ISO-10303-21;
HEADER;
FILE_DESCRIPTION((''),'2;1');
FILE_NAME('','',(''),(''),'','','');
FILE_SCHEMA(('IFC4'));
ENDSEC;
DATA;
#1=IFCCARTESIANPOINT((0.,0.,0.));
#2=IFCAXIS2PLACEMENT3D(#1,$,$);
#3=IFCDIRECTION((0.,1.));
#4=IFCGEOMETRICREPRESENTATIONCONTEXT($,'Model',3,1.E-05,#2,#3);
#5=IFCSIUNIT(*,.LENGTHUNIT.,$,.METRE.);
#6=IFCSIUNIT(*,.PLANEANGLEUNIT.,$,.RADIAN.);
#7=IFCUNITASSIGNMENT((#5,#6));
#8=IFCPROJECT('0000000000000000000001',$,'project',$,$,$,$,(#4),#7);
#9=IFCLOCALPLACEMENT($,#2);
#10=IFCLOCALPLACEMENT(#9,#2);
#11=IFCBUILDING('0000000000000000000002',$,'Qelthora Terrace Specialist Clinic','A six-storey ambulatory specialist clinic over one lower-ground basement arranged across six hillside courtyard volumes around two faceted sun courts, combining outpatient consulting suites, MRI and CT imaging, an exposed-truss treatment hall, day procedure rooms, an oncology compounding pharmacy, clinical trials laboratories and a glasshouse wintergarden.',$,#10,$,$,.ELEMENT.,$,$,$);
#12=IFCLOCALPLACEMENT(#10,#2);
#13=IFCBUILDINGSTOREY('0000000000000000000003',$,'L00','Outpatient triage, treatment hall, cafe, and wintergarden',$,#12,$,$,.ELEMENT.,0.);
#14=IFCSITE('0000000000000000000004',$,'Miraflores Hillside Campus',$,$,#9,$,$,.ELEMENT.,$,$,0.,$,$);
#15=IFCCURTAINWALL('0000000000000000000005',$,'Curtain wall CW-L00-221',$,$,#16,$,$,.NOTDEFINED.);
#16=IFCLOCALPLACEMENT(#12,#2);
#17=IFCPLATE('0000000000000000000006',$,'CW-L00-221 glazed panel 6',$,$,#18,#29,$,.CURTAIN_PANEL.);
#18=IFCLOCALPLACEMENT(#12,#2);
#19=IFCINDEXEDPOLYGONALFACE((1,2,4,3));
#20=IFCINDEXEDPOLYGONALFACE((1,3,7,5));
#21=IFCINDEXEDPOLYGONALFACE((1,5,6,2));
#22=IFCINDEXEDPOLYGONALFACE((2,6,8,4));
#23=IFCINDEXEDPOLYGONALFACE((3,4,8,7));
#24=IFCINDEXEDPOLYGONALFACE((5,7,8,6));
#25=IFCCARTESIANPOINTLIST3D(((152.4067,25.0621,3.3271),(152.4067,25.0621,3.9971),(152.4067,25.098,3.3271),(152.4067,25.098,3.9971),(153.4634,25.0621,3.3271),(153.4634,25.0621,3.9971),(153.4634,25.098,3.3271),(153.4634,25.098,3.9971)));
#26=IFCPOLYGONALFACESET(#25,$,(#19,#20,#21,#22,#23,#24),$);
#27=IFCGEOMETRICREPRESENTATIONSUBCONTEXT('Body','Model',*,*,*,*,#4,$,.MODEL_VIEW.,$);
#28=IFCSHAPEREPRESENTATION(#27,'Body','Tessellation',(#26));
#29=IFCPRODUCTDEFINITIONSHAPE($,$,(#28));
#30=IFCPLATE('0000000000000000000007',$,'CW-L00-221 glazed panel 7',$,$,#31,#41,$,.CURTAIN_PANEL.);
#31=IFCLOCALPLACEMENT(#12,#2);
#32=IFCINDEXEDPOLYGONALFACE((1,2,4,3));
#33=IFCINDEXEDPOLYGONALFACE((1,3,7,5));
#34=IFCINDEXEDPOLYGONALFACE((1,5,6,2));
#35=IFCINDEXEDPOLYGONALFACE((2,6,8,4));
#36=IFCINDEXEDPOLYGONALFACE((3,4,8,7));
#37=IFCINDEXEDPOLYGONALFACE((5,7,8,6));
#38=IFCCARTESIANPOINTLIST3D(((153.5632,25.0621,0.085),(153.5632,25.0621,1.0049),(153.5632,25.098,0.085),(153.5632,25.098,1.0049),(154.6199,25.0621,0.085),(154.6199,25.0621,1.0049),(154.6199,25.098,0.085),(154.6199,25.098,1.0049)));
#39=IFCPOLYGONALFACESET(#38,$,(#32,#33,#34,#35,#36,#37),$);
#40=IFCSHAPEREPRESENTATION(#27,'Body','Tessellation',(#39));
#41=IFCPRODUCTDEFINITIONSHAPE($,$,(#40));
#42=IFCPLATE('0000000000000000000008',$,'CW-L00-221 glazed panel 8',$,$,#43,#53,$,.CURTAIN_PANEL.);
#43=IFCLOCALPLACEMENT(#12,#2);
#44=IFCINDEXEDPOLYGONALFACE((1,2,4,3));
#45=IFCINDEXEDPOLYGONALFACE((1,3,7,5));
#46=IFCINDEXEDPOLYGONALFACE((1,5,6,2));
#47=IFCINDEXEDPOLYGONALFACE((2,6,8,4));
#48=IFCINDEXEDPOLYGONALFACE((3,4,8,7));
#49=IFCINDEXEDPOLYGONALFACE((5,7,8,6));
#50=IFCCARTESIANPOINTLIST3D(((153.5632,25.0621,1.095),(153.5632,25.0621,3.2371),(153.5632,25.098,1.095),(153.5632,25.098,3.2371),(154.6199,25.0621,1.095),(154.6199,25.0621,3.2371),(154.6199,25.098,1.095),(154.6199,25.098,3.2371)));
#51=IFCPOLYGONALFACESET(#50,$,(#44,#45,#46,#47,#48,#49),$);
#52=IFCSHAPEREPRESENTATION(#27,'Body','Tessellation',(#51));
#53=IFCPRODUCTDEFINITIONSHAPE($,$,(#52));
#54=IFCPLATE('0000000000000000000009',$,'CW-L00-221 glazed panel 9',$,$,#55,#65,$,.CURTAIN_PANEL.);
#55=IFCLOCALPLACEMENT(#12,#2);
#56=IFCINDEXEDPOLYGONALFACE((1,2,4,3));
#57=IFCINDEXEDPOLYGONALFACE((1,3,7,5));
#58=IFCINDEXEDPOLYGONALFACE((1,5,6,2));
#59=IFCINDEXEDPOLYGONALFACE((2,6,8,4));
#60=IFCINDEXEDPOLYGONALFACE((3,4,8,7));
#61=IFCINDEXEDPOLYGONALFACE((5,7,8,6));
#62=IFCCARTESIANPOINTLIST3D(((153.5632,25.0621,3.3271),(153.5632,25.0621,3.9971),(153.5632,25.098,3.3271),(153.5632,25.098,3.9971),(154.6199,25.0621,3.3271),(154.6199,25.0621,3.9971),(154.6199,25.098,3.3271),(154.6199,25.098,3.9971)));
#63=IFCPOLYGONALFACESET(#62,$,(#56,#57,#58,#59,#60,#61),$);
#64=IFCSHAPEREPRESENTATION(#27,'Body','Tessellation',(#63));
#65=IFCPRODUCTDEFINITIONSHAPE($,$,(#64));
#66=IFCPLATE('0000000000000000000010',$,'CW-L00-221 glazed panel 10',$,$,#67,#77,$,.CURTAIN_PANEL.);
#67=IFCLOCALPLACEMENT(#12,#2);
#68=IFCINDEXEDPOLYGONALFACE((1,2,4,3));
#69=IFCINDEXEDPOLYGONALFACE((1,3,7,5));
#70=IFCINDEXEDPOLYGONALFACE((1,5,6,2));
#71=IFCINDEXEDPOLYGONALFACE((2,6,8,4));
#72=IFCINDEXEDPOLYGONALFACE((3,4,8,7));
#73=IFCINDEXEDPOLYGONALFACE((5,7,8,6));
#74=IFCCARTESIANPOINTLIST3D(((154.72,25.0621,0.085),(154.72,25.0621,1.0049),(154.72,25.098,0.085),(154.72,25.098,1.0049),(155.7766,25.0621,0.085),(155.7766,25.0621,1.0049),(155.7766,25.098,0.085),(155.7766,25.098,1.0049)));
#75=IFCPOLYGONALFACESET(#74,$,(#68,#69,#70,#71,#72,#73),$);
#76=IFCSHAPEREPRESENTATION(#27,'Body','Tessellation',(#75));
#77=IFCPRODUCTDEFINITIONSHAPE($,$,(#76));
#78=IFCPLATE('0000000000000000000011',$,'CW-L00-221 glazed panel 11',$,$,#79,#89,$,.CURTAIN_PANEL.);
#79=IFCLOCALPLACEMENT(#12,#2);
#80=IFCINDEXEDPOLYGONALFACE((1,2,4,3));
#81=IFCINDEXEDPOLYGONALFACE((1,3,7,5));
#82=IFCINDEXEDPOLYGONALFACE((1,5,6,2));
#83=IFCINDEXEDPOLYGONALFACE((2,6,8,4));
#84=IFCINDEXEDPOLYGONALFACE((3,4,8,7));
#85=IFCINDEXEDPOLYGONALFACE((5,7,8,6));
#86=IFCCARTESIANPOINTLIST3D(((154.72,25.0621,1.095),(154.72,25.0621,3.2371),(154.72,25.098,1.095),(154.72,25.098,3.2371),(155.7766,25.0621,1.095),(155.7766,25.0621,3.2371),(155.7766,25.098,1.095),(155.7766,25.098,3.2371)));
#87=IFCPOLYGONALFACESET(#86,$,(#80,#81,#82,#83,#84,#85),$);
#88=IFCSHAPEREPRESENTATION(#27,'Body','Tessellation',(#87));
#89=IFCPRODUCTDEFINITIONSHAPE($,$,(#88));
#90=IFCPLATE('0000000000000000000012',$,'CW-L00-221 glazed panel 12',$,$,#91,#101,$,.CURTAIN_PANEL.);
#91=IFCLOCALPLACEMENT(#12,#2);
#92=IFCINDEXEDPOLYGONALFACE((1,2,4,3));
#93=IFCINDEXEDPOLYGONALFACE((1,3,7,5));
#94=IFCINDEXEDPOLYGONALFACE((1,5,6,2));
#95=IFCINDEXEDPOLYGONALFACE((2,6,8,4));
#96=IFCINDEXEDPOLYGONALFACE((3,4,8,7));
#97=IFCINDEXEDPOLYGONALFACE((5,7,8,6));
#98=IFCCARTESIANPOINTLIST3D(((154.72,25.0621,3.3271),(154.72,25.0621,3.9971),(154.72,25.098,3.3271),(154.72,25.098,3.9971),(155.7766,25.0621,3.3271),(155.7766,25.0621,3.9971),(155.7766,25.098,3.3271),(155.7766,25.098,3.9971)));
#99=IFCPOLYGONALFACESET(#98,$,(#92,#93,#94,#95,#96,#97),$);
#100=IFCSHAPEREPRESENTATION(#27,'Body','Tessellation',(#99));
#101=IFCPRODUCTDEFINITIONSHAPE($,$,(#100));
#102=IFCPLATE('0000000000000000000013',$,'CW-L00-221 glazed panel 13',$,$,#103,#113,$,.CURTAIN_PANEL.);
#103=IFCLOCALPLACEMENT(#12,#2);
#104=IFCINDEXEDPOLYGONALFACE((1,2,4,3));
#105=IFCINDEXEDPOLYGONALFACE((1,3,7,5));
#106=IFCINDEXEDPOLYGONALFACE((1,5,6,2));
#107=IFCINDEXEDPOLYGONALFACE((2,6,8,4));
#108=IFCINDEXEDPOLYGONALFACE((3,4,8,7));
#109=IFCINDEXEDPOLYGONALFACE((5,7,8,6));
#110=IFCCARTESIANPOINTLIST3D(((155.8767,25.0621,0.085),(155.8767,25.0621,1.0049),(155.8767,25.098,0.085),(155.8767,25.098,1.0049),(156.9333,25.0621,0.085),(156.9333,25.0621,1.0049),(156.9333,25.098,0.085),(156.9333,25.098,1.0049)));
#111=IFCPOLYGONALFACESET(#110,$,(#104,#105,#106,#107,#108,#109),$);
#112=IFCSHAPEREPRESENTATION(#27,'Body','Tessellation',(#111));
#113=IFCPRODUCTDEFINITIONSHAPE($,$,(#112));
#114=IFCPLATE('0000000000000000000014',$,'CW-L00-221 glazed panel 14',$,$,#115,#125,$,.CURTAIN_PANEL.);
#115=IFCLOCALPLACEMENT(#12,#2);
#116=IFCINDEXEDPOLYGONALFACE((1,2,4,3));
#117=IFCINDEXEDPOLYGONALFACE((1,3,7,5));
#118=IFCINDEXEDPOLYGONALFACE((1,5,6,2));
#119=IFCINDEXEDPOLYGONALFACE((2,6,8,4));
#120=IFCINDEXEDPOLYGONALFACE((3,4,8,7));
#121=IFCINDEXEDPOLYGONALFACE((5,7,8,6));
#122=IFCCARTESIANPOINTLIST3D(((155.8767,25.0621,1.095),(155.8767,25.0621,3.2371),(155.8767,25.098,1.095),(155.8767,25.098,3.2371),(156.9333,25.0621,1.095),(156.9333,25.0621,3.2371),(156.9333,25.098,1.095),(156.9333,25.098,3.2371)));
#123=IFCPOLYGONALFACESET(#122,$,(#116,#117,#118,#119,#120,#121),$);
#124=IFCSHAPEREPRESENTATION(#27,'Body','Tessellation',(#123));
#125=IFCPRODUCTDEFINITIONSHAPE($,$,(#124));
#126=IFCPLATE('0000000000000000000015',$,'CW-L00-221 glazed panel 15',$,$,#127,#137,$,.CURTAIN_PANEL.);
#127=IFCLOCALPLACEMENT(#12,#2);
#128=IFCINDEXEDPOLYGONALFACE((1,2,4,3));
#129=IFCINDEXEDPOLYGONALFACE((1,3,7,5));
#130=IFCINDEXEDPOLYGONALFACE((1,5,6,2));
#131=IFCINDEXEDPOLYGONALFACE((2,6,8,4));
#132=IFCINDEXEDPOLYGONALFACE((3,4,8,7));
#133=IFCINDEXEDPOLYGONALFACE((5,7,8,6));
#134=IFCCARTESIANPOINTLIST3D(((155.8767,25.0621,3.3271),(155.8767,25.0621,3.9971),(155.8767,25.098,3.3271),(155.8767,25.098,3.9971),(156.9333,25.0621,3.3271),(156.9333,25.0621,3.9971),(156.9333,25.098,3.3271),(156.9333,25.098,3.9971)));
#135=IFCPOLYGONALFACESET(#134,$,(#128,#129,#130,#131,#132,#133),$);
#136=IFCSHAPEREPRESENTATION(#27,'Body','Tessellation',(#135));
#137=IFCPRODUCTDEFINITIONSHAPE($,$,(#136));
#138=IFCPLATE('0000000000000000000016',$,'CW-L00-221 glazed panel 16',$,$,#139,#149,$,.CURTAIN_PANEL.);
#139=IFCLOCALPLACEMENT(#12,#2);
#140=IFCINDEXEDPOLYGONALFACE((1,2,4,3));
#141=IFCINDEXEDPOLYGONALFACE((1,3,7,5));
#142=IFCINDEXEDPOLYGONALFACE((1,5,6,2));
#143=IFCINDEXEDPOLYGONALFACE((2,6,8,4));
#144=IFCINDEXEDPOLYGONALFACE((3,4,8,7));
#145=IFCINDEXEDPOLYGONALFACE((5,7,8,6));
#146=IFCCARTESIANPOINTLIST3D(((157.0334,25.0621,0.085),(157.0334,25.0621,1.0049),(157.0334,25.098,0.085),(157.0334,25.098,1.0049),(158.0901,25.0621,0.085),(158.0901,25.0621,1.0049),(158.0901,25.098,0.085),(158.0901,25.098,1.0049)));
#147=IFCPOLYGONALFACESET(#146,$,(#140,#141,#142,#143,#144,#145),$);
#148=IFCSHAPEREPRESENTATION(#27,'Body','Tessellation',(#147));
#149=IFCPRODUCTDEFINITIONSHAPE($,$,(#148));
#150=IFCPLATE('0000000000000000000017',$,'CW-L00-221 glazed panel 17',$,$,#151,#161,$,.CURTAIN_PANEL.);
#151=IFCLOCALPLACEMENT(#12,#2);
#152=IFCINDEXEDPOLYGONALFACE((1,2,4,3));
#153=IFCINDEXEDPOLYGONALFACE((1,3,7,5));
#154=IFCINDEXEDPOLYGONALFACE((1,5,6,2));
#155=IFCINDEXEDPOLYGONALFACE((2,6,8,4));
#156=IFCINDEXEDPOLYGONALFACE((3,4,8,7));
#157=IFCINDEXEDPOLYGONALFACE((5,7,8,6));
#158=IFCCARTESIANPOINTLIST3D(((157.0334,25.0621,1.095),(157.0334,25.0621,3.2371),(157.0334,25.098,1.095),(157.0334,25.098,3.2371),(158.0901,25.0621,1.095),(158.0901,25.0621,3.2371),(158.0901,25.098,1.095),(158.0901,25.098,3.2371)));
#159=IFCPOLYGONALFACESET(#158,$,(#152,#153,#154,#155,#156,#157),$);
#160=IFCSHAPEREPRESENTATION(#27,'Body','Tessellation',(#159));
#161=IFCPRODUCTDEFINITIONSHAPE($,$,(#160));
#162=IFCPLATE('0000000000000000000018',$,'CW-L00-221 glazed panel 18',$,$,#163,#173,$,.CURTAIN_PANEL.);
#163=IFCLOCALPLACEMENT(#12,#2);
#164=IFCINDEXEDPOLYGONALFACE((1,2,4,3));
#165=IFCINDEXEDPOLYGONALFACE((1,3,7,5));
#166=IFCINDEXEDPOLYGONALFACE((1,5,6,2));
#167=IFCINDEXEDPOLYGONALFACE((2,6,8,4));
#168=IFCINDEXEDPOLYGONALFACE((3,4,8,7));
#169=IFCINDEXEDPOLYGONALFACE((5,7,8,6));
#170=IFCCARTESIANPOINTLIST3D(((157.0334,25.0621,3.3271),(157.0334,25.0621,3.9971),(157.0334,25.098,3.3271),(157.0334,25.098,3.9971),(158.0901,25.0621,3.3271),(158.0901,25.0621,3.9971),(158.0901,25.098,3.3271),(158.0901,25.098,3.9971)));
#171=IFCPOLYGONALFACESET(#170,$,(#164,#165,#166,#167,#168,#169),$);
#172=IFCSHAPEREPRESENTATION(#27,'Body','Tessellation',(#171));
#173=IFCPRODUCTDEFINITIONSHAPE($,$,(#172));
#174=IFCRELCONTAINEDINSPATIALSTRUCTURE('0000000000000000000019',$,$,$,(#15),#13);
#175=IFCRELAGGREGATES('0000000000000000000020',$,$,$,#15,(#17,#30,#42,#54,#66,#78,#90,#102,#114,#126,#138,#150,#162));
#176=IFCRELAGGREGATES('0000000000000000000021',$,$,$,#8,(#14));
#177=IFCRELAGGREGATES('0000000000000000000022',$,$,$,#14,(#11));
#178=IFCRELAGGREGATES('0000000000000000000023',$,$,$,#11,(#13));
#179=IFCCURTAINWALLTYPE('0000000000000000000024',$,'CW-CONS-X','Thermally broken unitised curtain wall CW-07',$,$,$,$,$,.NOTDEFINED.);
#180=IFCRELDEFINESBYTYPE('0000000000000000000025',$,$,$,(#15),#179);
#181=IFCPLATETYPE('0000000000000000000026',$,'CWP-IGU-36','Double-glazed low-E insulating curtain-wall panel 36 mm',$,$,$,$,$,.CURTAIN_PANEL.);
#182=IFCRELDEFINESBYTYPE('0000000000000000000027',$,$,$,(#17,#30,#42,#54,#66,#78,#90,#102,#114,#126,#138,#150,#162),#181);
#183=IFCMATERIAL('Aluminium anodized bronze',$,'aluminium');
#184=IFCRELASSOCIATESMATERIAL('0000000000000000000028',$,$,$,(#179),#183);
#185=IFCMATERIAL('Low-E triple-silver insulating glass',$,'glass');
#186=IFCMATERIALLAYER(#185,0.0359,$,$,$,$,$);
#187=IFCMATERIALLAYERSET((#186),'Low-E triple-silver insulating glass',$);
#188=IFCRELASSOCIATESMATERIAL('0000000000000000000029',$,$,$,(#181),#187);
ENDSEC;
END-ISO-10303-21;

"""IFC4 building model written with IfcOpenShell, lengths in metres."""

from ifc_helpers import new_model, si_unit, direction, frame, origin, origin_2d, place, context, subcontext, project, spatial, rectangle, extrude, material, layer, layer_set, type_object, element, aggregate, save


model = new_model("IFC4")

# Units and contexts
model_context = context("Model", 3, precision=1e-05, world=origin(), true_north=direction((0.0, 1.0)))
body_context = subcontext(model_context, "Body", "Model", "MODEL_VIEW")
ifc_project = project(units=[si_unit("LENGTHUNIT", "METRE"), si_unit("PLANEANGLEUNIT", "RADIAN")], contexts=[model_context])

# Site, building, storey
site_placement = place(None, origin())
site = spatial("IfcSite", under=ifc_project, at=site_placement, Name="Miraflores Hillside Campus", CompositionType="ELEMENT", RefElevation=0.0)
building_placement = place(site_placement, origin())
building = spatial("IfcBuilding", under=site, at=building_placement, Name="Qelthora Terrace Specialist Clinic", Description="A six-storey ambulatory specialist clinic over one lower-ground basement arranged across six hillside courtyard volumes around two faceted sun courts, combining outpatient consulting suites, MRI and CT imaging, an exposed-truss treatment hall, day procedure rooms, an oncology compounding pharmacy, clinical trials laboratories and a glasshouse wintergarden.", CompositionType="ELEMENT")
storey_placement = place(building_placement, origin())
storey = spatial("IfcBuildingStorey", under=building, at=storey_placement, Name="L00", Description="Outpatient triage, treatment hall, cafe, and wintergarden", CompositionType="ELEMENT", Elevation=0.0)

# Curtain wall, plates
ifc_material_1 = material(Name="Aluminium anodized bronze", Category="aluminium")
curtain_wall_type = type_object("IfcCurtainWallType", Name="CW-CONS-X", Description="Thermally broken unitised curtain wall CW-07", PredefinedType="NOTDEFINED", material=ifc_material_1)
curtain_wall_placement = place(storey_placement, origin())
curtain_wall = element("IfcCurtainWall", 1, at=curtain_wall_placement, inside=storey, type_object=curtain_wall_type, Name="Curtain wall CW-L00-221", PredefinedType="NOTDEFINED")
ifc_material_2 = material(Name="Low-E triple-silver insulating glass", Category="glass")
ifc_layer = layer(ifc_material_2, 0.0359)
ifc_layer_set = layer_set([ifc_layer], Name="Low-E triple-silver insulating glass")
plate_type = type_object("IfcPlateType", Name="CWP-IGU-36", Description="Double-glazed low-E insulating curtain-wall panel 36 mm", PredefinedType="CURTAIN_PANEL", material=ifc_layer_set)
plate_1_placement = place(storey_placement, frame((152.9351, 25.0801, 3.3271), z_axis=(0.0, 0.0, 1.0), x_axis=(1.0, 0.0, 0.0)))
plate_1 = element("IfcPlate", 2, at=plate_1_placement, type_object=plate_type, Name="CW-L00-221 glazed panel 6", PredefinedType="CURTAIN_PANEL", context=body_context, shape_type="SweptSolid", body=[
    extrude(rectangle(XDim=1.0566, YDim=0.0359, at=origin_2d()), origin(), (0.0, 0.0, 1.0), 0.6699),
])
plate_2_placement = place(storey_placement, frame((154.0916, 25.0801, 0.085), z_axis=(0.0, 0.0, 1.0), x_axis=(1.0, 0.0, 0.0)))
plate_2 = element("IfcPlate", 3, at=plate_2_placement, type_object=plate_type, Name="CW-L00-221 glazed panel 7", PredefinedType="CURTAIN_PANEL", context=body_context, shape_type="SweptSolid", body=[
    extrude(rectangle(XDim=1.0566, YDim=0.0359, at=origin_2d()), origin(), (0.0, 0.0, 1.0), 0.9199),
])
plate_3_placement = place(storey_placement, frame((154.0916, 25.0801, 1.095), z_axis=(0.0, 0.0, 1.0), x_axis=(1.0, 0.0, 0.0)))
plate_3 = element("IfcPlate", 4, at=plate_3_placement, type_object=plate_type, Name="CW-L00-221 glazed panel 8", PredefinedType="CURTAIN_PANEL", context=body_context, shape_type="SweptSolid", body=[
    extrude(rectangle(XDim=1.0566, YDim=0.0359, at=origin_2d()), origin(), (0.0, 0.0, 1.0), 2.1421),
])
plate_4_placement = place(storey_placement, frame((154.0916, 25.0801, 3.3271), z_axis=(0.0, 0.0, 1.0), x_axis=(1.0, 0.0, 0.0)))
plate_4 = element("IfcPlate", 5, at=plate_4_placement, type_object=plate_type, Name="CW-L00-221 glazed panel 9", PredefinedType="CURTAIN_PANEL", context=body_context, shape_type="SweptSolid", body=[
    extrude(rectangle(XDim=1.0566, YDim=0.0359, at=origin_2d()), origin(), (0.0, 0.0, 1.0), 0.6699),
])
plate_5_placement = place(storey_placement, frame((155.2483, 25.0801, 0.085), z_axis=(0.0, 0.0, 1.0), x_axis=(1.0, 0.0, 0.0)))
plate_5 = element("IfcPlate", 6, at=plate_5_placement, type_object=plate_type, Name="CW-L00-221 glazed panel 10", PredefinedType="CURTAIN_PANEL", context=body_context, shape_type="SweptSolid", body=[
    extrude(rectangle(XDim=1.0566, YDim=0.0359, at=origin_2d()), origin(), (0.0, 0.0, 1.0), 0.9199),
])
plate_6_placement = place(storey_placement, frame((155.2483, 25.0801, 1.095), z_axis=(0.0, 0.0, 1.0), x_axis=(1.0, 0.0, 0.0)))
plate_6 = element("IfcPlate", 7, at=plate_6_placement, type_object=plate_type, Name="CW-L00-221 glazed panel 11", PredefinedType="CURTAIN_PANEL", context=body_context, shape_type="SweptSolid", body=[
    extrude(rectangle(XDim=1.0566, YDim=0.0359, at=origin_2d()), origin(), (0.0, 0.0, 1.0), 2.1421),
])
plate_7_placement = place(storey_placement, frame((155.2483, 25.0801, 3.3271), z_axis=(0.0, 0.0, 1.0), x_axis=(1.0, 0.0, 0.0)))
plate_7 = element("IfcPlate", 8, at=plate_7_placement, type_object=plate_type, Name="CW-L00-221 glazed panel 12", PredefinedType="CURTAIN_PANEL", context=body_context, shape_type="SweptSolid", body=[
    extrude(rectangle(XDim=1.0566, YDim=0.0359, at=origin_2d()), origin(), (0.0, 0.0, 1.0), 0.6699),
])
plate_8_placement = place(storey_placement, frame((156.405, 25.0801, 0.085), z_axis=(0.0, 0.0, 1.0), x_axis=(1.0, 0.0, 0.0)))
plate_8 = element("IfcPlate", 9, at=plate_8_placement, type_object=plate_type, Name="CW-L00-221 glazed panel 13", PredefinedType="CURTAIN_PANEL", context=body_context, shape_type="SweptSolid", body=[
    extrude(rectangle(XDim=1.0566, YDim=0.0359, at=origin_2d()), origin(), (0.0, 0.0, 1.0), 0.9199),
])
plate_9_placement = place(storey_placement, frame((156.405, 25.0801, 1.095), z_axis=(0.0, 0.0, 1.0), x_axis=(1.0, 0.0, 0.0)))
plate_9 = element("IfcPlate", 10, at=plate_9_placement, type_object=plate_type, Name="CW-L00-221 glazed panel 14", PredefinedType="CURTAIN_PANEL", context=body_context, shape_type="SweptSolid", body=[
    extrude(rectangle(XDim=1.0566, YDim=0.0359, at=origin_2d()), origin(), (0.0, 0.0, 1.0), 2.1421),
])
plate_10_placement = place(storey_placement, frame((156.405, 25.0801, 3.3271), z_axis=(0.0, 0.0, 1.0), x_axis=(1.0, 0.0, 0.0)))
plate_10 = element("IfcPlate", 11, at=plate_10_placement, type_object=plate_type, Name="CW-L00-221 glazed panel 15", PredefinedType="CURTAIN_PANEL", context=body_context, shape_type="SweptSolid", body=[
    extrude(rectangle(XDim=1.0566, YDim=0.0359, at=origin_2d()), origin(), (0.0, 0.0, 1.0), 0.6699),
])
plate_11_placement = place(storey_placement, frame((157.5618, 25.0801, 0.085), z_axis=(0.0, 0.0, 1.0), x_axis=(1.0, 0.0, 0.0)))
plate_11 = element("IfcPlate", 12, at=plate_11_placement, type_object=plate_type, Name="CW-L00-221 glazed panel 16", PredefinedType="CURTAIN_PANEL", context=body_context, shape_type="SweptSolid", body=[
    extrude(rectangle(XDim=1.0566, YDim=0.0359, at=origin_2d()), origin(), (0.0, 0.0, 1.0), 0.9199),
])
plate_12_placement = place(storey_placement, frame((157.5618, 25.0801, 1.095), z_axis=(0.0, 0.0, 1.0), x_axis=(1.0, 0.0, 0.0)))
plate_12 = element("IfcPlate", 13, at=plate_12_placement, type_object=plate_type, Name="CW-L00-221 glazed panel 17", PredefinedType="CURTAIN_PANEL", context=body_context, shape_type="SweptSolid", body=[
    extrude(rectangle(XDim=1.0566, YDim=0.0359, at=origin_2d()), origin(), (0.0, 0.0, 1.0), 2.1421),
])
plate_13_placement = place(storey_placement, frame((157.5618, 25.0801, 3.3271), z_axis=(0.0, 0.0, 1.0), x_axis=(1.0, 0.0, 0.0)))
plate_13 = element("IfcPlate", 14, at=plate_13_placement, type_object=plate_type, Name="CW-L00-221 glazed panel 18", PredefinedType="CURTAIN_PANEL", context=body_context, shape_type="SweptSolid", body=[
    extrude(rectangle(XDim=1.0566, YDim=0.0359, at=origin_2d()), origin(), (0.0, 0.0, 1.0), 0.6699),
])
aggregate(curtain_wall, [plate_1, plate_2, plate_3, plate_4, plate_5, plate_6, plate_7, plate_8, plate_9, plate_10, plate_11, plate_12, plate_13])

save(model, "model.ifc")
